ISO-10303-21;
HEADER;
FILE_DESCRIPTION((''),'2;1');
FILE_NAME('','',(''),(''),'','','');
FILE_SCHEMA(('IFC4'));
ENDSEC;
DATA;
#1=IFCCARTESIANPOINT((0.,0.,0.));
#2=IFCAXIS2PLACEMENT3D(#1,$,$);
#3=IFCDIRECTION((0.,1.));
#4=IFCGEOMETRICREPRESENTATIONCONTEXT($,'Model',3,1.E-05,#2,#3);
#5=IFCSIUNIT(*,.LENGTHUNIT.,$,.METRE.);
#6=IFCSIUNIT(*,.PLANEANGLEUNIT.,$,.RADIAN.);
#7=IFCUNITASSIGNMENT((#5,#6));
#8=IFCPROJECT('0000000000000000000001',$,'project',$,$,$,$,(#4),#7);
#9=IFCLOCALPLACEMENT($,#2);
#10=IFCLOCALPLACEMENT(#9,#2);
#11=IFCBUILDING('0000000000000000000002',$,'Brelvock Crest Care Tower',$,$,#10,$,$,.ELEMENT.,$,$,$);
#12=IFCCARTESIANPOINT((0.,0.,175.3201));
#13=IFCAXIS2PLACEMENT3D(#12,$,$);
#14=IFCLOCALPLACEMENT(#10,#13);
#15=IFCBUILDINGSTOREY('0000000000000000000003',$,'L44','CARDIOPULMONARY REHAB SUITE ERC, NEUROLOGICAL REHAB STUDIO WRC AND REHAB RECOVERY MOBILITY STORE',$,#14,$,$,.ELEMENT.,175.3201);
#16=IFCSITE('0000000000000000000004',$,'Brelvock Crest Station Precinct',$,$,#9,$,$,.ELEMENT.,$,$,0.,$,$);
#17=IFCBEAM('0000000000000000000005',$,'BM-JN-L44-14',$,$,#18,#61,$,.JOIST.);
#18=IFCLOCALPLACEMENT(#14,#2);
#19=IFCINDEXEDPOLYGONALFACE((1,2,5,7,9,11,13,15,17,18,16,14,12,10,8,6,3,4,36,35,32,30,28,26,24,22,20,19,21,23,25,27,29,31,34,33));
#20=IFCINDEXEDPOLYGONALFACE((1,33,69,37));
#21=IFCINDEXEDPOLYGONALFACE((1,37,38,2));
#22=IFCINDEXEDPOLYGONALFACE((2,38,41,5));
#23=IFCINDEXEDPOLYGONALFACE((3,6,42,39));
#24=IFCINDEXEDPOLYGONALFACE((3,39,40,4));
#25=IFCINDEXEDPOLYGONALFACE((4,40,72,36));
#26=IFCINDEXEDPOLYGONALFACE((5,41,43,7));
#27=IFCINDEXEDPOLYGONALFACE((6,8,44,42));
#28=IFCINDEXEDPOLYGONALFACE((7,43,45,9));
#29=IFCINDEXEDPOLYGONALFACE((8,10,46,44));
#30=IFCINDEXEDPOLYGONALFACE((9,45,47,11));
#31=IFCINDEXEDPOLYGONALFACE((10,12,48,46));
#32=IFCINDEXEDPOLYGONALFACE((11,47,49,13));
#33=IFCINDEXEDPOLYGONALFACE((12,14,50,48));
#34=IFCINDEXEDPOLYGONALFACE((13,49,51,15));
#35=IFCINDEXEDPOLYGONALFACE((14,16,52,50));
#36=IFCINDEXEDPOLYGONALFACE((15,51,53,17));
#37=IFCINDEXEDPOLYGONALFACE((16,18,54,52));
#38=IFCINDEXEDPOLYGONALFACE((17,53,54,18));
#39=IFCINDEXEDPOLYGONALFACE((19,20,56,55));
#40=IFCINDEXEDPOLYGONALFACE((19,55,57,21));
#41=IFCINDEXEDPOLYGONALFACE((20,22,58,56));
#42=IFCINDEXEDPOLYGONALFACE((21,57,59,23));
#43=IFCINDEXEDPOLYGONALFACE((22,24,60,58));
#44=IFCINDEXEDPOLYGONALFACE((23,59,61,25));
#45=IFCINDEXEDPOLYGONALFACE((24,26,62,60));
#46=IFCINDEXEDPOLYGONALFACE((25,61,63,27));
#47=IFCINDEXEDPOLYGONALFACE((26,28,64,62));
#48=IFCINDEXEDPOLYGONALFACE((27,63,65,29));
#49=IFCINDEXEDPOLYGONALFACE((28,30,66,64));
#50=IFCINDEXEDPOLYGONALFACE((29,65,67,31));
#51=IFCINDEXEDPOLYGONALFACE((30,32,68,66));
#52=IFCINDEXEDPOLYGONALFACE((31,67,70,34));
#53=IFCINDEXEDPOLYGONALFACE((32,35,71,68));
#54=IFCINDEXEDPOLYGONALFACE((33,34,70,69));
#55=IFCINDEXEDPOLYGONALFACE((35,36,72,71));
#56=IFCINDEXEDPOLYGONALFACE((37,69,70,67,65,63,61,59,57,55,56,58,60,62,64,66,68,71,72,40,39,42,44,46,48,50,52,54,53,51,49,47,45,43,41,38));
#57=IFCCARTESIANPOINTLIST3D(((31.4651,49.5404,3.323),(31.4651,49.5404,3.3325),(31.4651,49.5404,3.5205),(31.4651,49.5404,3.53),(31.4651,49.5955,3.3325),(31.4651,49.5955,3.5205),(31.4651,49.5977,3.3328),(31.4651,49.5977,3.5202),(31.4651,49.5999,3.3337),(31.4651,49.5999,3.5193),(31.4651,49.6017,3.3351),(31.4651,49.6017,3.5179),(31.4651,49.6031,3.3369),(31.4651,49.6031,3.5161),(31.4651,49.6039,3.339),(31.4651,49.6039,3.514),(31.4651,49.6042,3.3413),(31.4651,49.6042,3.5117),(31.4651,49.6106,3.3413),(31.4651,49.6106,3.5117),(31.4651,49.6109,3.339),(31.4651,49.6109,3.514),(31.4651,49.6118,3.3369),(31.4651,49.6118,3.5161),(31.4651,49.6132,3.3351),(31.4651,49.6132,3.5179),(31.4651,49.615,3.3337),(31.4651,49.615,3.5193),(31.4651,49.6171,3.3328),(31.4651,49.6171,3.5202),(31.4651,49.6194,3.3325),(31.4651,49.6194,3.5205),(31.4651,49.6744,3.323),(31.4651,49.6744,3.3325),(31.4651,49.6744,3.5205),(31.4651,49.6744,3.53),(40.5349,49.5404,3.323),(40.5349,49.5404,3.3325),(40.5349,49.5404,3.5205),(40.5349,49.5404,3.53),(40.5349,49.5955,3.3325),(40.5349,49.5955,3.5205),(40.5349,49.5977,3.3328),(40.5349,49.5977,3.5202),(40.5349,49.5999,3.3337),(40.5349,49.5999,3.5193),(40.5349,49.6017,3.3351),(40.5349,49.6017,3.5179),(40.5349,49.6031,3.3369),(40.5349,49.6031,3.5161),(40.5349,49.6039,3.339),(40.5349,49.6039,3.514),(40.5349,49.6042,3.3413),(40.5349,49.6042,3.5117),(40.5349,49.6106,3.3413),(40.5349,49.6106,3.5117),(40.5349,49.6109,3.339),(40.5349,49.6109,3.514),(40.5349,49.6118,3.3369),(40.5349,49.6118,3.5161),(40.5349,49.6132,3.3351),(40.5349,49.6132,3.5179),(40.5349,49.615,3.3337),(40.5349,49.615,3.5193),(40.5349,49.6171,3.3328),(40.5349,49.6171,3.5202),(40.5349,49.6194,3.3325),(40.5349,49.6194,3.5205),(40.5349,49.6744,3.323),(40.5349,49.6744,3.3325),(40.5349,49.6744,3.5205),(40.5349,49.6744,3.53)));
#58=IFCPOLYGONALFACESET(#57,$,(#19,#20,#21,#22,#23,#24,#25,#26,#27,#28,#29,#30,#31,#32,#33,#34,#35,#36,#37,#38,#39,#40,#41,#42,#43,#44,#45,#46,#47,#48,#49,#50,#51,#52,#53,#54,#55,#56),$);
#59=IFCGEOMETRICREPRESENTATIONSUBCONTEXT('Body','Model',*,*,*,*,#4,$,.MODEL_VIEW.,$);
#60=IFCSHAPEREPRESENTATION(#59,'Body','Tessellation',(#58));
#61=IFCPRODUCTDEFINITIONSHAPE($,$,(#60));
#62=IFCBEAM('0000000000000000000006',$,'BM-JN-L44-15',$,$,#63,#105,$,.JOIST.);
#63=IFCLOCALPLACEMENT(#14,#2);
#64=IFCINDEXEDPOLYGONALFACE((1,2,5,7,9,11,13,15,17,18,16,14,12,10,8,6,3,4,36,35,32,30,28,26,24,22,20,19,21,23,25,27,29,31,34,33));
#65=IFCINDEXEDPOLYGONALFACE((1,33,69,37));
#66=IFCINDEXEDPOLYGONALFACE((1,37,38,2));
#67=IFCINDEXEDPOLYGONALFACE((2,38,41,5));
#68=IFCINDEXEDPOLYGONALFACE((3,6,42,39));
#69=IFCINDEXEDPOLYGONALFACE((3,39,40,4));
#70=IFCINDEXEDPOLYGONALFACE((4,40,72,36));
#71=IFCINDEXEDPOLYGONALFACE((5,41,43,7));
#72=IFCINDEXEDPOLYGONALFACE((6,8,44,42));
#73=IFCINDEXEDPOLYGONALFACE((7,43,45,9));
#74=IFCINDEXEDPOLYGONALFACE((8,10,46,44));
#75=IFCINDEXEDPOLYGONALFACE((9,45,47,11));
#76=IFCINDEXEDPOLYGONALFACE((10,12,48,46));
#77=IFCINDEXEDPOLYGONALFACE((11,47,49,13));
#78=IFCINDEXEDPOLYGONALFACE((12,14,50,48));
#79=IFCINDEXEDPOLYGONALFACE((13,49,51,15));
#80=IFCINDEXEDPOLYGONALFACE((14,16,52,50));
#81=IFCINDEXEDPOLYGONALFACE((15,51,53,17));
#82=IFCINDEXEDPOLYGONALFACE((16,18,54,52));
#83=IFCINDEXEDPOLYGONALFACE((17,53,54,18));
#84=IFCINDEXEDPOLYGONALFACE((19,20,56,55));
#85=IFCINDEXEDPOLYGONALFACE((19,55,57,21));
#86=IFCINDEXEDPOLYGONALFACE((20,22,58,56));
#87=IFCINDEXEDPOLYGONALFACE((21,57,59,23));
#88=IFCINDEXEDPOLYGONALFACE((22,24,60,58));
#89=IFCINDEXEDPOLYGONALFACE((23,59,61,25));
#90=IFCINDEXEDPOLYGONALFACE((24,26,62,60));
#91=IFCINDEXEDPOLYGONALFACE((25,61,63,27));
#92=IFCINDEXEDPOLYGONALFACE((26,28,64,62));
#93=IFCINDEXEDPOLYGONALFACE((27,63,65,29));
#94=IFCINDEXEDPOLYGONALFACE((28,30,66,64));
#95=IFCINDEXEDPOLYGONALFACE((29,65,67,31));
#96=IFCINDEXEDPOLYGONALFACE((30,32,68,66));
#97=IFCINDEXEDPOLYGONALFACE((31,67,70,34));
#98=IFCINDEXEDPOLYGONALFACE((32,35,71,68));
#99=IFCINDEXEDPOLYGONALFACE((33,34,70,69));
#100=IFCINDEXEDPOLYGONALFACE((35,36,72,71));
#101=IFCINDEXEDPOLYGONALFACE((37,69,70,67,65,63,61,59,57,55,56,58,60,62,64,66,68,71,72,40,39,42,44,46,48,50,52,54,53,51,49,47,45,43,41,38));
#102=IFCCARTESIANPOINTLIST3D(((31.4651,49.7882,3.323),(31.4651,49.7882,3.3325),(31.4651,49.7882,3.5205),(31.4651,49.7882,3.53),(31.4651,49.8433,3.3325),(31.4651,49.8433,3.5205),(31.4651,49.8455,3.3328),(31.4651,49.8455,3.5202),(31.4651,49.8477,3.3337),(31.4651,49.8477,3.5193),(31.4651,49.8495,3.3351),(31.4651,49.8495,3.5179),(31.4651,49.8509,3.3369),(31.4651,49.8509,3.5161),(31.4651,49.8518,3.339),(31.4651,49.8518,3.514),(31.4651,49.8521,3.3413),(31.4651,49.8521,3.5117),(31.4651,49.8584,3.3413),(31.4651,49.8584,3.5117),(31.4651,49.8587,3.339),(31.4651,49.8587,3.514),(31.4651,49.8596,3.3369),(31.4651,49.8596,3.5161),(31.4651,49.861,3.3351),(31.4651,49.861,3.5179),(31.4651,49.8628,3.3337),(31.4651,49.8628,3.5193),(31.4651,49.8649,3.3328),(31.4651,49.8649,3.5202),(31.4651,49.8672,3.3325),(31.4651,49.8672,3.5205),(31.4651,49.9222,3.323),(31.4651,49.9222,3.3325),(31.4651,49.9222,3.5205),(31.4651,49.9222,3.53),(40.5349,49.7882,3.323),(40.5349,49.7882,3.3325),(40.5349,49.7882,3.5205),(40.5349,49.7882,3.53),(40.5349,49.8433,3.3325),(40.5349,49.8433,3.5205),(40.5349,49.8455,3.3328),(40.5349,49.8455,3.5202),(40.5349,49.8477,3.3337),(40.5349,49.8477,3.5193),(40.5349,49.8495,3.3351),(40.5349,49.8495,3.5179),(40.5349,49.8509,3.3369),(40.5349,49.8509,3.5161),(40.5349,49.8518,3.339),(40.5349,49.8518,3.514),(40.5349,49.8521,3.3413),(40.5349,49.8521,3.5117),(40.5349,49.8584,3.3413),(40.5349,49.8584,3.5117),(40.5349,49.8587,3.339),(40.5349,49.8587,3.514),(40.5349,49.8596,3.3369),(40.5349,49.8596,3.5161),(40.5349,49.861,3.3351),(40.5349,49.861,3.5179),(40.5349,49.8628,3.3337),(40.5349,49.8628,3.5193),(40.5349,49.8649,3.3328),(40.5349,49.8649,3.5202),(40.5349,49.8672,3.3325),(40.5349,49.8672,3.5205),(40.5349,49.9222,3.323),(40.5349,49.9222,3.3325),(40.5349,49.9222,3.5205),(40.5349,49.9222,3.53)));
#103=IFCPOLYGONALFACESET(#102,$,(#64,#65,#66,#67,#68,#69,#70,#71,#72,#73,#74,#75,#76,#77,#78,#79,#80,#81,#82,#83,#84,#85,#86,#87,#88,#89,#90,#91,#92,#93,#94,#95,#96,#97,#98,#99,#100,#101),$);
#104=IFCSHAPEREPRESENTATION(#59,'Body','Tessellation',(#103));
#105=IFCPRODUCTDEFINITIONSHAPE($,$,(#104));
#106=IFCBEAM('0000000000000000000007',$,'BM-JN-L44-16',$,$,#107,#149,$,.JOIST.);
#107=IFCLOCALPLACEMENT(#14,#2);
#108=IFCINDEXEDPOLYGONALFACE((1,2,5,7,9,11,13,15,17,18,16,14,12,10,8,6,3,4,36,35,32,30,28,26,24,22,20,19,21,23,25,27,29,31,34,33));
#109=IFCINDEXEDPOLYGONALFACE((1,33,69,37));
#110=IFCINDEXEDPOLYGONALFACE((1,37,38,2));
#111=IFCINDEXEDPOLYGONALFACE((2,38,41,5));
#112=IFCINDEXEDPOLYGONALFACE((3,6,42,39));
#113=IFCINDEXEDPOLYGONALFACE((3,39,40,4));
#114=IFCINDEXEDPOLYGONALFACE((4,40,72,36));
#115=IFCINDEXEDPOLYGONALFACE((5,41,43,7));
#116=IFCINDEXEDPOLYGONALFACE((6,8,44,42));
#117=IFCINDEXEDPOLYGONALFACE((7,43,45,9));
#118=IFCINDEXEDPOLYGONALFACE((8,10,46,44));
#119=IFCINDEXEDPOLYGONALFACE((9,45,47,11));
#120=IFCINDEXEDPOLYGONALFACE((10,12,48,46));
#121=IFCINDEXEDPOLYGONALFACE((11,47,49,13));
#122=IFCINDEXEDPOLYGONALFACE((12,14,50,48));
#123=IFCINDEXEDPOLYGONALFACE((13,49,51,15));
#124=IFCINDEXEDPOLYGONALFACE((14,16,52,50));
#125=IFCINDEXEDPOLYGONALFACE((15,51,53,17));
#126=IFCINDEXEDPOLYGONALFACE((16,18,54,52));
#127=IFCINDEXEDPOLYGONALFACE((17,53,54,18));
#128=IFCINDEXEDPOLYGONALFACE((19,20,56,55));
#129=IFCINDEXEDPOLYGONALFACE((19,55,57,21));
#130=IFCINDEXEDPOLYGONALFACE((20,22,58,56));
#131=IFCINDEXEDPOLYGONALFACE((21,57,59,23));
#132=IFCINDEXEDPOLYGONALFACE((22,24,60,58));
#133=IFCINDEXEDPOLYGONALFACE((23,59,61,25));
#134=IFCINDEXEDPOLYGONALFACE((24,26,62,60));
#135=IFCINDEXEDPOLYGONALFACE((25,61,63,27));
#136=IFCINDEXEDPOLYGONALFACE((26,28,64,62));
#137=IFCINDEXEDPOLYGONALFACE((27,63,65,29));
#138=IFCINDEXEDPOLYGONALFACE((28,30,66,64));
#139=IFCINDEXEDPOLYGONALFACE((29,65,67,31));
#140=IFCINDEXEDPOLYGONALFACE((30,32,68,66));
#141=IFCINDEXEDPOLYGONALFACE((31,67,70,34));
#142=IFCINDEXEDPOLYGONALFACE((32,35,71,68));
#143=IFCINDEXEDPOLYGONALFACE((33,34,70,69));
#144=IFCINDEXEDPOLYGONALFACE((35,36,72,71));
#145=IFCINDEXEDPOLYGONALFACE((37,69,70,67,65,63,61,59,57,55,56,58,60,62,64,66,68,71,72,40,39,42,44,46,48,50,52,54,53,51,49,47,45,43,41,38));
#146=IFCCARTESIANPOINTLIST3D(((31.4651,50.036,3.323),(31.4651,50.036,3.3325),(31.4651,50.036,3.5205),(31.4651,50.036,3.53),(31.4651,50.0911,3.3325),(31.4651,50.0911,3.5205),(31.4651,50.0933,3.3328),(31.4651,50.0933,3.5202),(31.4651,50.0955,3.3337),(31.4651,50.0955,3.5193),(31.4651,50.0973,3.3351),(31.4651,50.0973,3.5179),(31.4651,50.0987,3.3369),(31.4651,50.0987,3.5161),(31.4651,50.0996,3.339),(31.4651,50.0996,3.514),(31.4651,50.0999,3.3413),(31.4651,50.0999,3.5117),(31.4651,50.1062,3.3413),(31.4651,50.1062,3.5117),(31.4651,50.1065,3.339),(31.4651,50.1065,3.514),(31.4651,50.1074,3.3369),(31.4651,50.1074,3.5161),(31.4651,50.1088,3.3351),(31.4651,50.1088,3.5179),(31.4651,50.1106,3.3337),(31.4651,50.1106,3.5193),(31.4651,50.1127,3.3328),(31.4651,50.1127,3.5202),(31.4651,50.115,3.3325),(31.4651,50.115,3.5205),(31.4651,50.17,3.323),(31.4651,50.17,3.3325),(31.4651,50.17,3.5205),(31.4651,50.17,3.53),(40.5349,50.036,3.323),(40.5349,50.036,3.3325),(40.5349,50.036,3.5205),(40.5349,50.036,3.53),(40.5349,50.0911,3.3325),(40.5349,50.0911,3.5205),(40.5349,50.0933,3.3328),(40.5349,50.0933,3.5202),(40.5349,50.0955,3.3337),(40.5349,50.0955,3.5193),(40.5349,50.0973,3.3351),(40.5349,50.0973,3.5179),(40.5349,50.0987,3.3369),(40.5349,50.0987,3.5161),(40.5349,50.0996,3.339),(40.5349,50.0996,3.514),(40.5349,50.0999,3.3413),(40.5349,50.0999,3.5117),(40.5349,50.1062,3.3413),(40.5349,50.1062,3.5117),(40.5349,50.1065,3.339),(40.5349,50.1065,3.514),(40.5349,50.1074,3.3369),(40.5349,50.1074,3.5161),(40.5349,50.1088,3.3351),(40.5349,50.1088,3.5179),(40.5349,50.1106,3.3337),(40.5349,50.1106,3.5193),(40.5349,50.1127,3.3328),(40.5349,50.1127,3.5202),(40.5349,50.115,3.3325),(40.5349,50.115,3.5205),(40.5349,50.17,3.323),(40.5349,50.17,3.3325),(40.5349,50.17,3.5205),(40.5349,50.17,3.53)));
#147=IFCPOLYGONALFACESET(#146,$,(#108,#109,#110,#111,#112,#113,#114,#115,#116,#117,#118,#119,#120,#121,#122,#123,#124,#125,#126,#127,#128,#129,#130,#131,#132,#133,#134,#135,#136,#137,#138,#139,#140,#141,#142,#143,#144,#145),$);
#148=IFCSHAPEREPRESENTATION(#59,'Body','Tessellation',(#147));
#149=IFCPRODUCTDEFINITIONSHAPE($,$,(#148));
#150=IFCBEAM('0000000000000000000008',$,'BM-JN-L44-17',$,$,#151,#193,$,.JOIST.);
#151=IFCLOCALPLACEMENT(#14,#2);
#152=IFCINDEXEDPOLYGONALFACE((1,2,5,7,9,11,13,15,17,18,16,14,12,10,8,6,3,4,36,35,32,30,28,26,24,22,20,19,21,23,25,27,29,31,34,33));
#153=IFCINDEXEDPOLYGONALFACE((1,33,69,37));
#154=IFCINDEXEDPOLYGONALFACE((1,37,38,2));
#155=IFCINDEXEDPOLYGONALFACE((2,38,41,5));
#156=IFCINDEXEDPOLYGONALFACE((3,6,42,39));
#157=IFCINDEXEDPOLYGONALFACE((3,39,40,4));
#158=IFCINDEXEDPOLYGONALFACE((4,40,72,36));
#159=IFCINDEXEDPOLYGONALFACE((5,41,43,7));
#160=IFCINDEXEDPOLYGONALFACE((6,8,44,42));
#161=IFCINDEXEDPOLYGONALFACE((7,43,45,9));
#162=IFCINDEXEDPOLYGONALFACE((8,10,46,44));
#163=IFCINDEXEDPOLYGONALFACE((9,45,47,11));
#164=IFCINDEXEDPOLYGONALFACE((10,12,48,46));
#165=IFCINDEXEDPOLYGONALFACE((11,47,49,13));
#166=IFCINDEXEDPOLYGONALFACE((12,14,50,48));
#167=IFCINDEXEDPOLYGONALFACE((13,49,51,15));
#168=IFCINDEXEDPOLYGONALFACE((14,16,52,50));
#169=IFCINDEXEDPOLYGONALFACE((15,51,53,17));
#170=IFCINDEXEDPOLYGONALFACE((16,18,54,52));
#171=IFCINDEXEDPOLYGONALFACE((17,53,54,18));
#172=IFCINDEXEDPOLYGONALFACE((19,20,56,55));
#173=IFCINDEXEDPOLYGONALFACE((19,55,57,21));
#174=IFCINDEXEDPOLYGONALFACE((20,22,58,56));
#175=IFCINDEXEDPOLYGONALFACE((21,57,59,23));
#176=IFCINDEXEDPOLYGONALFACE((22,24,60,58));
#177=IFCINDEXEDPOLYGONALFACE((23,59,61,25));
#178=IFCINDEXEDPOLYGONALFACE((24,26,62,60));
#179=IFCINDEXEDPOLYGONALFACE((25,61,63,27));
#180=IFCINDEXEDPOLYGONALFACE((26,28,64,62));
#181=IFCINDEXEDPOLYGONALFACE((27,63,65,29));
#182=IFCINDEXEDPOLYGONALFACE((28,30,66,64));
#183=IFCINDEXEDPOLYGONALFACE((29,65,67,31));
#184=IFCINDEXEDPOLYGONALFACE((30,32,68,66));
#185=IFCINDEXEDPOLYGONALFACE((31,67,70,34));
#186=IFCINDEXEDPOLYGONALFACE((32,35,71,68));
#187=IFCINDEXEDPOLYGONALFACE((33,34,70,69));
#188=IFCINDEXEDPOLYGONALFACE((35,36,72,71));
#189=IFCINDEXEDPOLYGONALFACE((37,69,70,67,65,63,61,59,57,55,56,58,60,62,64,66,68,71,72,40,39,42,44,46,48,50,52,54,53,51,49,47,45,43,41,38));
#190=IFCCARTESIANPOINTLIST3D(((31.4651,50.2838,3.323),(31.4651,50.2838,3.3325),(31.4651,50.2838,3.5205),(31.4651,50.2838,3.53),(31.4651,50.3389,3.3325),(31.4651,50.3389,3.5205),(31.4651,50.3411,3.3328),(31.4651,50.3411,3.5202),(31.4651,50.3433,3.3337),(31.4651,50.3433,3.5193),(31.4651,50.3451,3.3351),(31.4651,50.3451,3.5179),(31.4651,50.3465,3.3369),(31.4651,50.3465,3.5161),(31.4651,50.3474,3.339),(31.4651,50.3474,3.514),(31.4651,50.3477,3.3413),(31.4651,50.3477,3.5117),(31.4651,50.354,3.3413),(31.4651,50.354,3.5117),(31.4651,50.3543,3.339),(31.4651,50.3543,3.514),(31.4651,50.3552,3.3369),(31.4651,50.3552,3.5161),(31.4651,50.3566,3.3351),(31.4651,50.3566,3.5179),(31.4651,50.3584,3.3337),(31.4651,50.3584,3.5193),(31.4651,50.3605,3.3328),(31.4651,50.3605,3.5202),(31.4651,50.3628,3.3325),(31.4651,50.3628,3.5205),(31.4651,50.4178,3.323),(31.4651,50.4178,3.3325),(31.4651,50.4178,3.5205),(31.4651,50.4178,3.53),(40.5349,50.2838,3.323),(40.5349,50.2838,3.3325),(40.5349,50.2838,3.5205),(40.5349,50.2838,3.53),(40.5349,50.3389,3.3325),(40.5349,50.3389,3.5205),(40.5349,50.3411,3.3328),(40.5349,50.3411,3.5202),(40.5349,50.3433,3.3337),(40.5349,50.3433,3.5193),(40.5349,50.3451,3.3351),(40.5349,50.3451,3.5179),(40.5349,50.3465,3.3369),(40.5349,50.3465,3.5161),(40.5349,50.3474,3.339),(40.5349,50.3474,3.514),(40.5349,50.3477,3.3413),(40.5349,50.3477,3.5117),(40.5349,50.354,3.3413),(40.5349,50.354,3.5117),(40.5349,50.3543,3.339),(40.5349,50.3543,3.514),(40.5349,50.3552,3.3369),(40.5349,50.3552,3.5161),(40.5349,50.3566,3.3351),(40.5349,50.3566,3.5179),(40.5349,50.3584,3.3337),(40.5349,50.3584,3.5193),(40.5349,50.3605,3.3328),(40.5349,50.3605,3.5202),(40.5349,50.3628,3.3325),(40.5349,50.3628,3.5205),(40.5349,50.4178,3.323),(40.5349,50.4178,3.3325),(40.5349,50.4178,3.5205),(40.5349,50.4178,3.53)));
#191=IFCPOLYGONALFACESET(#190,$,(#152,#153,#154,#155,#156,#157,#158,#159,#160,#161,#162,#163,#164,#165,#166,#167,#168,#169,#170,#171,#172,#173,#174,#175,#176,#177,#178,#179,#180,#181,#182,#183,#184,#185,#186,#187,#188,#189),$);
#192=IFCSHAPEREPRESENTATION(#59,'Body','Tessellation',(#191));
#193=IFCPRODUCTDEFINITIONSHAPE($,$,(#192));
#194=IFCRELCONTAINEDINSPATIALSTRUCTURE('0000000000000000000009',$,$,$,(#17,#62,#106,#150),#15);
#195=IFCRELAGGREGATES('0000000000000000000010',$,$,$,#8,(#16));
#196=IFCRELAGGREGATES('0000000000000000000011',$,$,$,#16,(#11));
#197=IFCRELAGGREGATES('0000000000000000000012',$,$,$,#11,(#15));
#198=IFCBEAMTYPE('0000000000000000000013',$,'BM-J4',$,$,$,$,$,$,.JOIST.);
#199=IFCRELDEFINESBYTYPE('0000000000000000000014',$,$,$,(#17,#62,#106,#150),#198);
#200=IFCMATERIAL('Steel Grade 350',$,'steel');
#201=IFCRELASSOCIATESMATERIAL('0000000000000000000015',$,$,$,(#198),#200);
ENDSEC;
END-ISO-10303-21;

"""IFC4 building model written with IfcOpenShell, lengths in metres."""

from ifc_helpers import new_model, si_unit, direction, frame, origin, origin_2d, place, context, subcontext, project, spatial, i_section, extrude, source, transform, mapped, material, material_profile, profile_set, type_object, element, save


model = new_model("IFC4")

# Units and contexts
model_context = context("Model", 3, precision=1e-05, world=origin(), true_north=direction((0.0, 1.0)))
body_context = subcontext(model_context, "Body", "Model", "MODEL_VIEW")
ifc_project = project(units=[si_unit("LENGTHUNIT", "METRE"), si_unit("PLANEANGLEUNIT", "RADIAN")], contexts=[model_context])

# Site, building, storey
site_placement = place(None, origin())
site = spatial("IfcSite", under=ifc_project, at=site_placement, Name="Brelvock Crest Station Precinct", CompositionType="ELEMENT", RefElevation=0.0)
building_placement = place(site_placement, origin())
building = spatial("IfcBuilding", under=site, at=building_placement, Name="Brelvock Crest Care Tower", CompositionType="ELEMENT")
storey_placement = place(building_placement, frame((0.0, 0.0, 175.3201)))
storey = spatial("IfcBuildingStorey", under=building, at=storey_placement, Name="L44", Description="CARDIOPULMONARY REHAB SUITE ERC, NEUROLOGICAL REHAB STUDIO WRC AND REHAB RECOVERY MOBILITY STORE", CompositionType="ELEMENT", Elevation=175.3201)

# Shared definitions
ifc_material_1 = material(Name="Steel Grade 350", Category="steel")

# Beams
ifc_material_profile_1 = material_profile(ifc_material_1, i_section(OverallWidth=0.134, OverallDepth=0.207, WebThickness=0.0063, FlangeThickness=0.0095, FilletRadius=0.0088, at=origin_2d()), Name="200UB29.8")
ifc_profile_set_1 = profile_set([ifc_material_profile_1], Name="Steel Grade 350")
beam_type_1 = type_object("IfcBeamType", Name="BM-J4", PredefinedType="JOIST", material=ifc_profile_set_1)
shared_shape_1 = source(origin(), body_context, "Body", "SweptSolid", [
    extrude(i_section(OverallWidth=0.134, OverallDepth=0.207, WebThickness=0.0063, FlangeThickness=0.0095, FilletRadius=0.0088, at=origin_2d()), origin(), (0.0, 0.0, 1.0), 9.0698),
])
for number, where, z_axis, x_axis, name in (
    (1, (31.4651, 49.6074, 3.4265), (1.0, 0.0, 0.0), (0.0, 1.0, 0.0), "BM-JN-L44-14"),
    (2, (31.4651, 49.8552, 3.4265), (1.0, 0.0, 0.0), (0.0, 1.0, 0.0), "BM-JN-L44-15"),
    (3, (31.4651, 50.103, 3.4265), (1.0, 0.0, 0.0), (0.0, 1.0, 0.0), "BM-JN-L44-16"),
    (4, (31.4651, 50.3508, 3.4265), (1.0, 0.0, 0.0), (0.0, 1.0, 0.0), "BM-JN-L44-17"),
):
    element("IfcBeam", number, at=place(storey_placement, frame(where, z_axis=z_axis, x_axis=x_axis)), inside=storey, type_object=beam_type_1, Name=name, PredefinedType="JOIST", context=body_context, shape_type="MappedRepresentation", body=[
        mapped(shared_shape_1, transform((0.0, 0.0, 0.0), x_axis=(1.0, 0.0, 0.0), y_axis=(0.0, 1.0, 0.0), z_axis=(0.0, 0.0, 1.0), scale=1.0)),
    ])

save(model, "model.ifc")
